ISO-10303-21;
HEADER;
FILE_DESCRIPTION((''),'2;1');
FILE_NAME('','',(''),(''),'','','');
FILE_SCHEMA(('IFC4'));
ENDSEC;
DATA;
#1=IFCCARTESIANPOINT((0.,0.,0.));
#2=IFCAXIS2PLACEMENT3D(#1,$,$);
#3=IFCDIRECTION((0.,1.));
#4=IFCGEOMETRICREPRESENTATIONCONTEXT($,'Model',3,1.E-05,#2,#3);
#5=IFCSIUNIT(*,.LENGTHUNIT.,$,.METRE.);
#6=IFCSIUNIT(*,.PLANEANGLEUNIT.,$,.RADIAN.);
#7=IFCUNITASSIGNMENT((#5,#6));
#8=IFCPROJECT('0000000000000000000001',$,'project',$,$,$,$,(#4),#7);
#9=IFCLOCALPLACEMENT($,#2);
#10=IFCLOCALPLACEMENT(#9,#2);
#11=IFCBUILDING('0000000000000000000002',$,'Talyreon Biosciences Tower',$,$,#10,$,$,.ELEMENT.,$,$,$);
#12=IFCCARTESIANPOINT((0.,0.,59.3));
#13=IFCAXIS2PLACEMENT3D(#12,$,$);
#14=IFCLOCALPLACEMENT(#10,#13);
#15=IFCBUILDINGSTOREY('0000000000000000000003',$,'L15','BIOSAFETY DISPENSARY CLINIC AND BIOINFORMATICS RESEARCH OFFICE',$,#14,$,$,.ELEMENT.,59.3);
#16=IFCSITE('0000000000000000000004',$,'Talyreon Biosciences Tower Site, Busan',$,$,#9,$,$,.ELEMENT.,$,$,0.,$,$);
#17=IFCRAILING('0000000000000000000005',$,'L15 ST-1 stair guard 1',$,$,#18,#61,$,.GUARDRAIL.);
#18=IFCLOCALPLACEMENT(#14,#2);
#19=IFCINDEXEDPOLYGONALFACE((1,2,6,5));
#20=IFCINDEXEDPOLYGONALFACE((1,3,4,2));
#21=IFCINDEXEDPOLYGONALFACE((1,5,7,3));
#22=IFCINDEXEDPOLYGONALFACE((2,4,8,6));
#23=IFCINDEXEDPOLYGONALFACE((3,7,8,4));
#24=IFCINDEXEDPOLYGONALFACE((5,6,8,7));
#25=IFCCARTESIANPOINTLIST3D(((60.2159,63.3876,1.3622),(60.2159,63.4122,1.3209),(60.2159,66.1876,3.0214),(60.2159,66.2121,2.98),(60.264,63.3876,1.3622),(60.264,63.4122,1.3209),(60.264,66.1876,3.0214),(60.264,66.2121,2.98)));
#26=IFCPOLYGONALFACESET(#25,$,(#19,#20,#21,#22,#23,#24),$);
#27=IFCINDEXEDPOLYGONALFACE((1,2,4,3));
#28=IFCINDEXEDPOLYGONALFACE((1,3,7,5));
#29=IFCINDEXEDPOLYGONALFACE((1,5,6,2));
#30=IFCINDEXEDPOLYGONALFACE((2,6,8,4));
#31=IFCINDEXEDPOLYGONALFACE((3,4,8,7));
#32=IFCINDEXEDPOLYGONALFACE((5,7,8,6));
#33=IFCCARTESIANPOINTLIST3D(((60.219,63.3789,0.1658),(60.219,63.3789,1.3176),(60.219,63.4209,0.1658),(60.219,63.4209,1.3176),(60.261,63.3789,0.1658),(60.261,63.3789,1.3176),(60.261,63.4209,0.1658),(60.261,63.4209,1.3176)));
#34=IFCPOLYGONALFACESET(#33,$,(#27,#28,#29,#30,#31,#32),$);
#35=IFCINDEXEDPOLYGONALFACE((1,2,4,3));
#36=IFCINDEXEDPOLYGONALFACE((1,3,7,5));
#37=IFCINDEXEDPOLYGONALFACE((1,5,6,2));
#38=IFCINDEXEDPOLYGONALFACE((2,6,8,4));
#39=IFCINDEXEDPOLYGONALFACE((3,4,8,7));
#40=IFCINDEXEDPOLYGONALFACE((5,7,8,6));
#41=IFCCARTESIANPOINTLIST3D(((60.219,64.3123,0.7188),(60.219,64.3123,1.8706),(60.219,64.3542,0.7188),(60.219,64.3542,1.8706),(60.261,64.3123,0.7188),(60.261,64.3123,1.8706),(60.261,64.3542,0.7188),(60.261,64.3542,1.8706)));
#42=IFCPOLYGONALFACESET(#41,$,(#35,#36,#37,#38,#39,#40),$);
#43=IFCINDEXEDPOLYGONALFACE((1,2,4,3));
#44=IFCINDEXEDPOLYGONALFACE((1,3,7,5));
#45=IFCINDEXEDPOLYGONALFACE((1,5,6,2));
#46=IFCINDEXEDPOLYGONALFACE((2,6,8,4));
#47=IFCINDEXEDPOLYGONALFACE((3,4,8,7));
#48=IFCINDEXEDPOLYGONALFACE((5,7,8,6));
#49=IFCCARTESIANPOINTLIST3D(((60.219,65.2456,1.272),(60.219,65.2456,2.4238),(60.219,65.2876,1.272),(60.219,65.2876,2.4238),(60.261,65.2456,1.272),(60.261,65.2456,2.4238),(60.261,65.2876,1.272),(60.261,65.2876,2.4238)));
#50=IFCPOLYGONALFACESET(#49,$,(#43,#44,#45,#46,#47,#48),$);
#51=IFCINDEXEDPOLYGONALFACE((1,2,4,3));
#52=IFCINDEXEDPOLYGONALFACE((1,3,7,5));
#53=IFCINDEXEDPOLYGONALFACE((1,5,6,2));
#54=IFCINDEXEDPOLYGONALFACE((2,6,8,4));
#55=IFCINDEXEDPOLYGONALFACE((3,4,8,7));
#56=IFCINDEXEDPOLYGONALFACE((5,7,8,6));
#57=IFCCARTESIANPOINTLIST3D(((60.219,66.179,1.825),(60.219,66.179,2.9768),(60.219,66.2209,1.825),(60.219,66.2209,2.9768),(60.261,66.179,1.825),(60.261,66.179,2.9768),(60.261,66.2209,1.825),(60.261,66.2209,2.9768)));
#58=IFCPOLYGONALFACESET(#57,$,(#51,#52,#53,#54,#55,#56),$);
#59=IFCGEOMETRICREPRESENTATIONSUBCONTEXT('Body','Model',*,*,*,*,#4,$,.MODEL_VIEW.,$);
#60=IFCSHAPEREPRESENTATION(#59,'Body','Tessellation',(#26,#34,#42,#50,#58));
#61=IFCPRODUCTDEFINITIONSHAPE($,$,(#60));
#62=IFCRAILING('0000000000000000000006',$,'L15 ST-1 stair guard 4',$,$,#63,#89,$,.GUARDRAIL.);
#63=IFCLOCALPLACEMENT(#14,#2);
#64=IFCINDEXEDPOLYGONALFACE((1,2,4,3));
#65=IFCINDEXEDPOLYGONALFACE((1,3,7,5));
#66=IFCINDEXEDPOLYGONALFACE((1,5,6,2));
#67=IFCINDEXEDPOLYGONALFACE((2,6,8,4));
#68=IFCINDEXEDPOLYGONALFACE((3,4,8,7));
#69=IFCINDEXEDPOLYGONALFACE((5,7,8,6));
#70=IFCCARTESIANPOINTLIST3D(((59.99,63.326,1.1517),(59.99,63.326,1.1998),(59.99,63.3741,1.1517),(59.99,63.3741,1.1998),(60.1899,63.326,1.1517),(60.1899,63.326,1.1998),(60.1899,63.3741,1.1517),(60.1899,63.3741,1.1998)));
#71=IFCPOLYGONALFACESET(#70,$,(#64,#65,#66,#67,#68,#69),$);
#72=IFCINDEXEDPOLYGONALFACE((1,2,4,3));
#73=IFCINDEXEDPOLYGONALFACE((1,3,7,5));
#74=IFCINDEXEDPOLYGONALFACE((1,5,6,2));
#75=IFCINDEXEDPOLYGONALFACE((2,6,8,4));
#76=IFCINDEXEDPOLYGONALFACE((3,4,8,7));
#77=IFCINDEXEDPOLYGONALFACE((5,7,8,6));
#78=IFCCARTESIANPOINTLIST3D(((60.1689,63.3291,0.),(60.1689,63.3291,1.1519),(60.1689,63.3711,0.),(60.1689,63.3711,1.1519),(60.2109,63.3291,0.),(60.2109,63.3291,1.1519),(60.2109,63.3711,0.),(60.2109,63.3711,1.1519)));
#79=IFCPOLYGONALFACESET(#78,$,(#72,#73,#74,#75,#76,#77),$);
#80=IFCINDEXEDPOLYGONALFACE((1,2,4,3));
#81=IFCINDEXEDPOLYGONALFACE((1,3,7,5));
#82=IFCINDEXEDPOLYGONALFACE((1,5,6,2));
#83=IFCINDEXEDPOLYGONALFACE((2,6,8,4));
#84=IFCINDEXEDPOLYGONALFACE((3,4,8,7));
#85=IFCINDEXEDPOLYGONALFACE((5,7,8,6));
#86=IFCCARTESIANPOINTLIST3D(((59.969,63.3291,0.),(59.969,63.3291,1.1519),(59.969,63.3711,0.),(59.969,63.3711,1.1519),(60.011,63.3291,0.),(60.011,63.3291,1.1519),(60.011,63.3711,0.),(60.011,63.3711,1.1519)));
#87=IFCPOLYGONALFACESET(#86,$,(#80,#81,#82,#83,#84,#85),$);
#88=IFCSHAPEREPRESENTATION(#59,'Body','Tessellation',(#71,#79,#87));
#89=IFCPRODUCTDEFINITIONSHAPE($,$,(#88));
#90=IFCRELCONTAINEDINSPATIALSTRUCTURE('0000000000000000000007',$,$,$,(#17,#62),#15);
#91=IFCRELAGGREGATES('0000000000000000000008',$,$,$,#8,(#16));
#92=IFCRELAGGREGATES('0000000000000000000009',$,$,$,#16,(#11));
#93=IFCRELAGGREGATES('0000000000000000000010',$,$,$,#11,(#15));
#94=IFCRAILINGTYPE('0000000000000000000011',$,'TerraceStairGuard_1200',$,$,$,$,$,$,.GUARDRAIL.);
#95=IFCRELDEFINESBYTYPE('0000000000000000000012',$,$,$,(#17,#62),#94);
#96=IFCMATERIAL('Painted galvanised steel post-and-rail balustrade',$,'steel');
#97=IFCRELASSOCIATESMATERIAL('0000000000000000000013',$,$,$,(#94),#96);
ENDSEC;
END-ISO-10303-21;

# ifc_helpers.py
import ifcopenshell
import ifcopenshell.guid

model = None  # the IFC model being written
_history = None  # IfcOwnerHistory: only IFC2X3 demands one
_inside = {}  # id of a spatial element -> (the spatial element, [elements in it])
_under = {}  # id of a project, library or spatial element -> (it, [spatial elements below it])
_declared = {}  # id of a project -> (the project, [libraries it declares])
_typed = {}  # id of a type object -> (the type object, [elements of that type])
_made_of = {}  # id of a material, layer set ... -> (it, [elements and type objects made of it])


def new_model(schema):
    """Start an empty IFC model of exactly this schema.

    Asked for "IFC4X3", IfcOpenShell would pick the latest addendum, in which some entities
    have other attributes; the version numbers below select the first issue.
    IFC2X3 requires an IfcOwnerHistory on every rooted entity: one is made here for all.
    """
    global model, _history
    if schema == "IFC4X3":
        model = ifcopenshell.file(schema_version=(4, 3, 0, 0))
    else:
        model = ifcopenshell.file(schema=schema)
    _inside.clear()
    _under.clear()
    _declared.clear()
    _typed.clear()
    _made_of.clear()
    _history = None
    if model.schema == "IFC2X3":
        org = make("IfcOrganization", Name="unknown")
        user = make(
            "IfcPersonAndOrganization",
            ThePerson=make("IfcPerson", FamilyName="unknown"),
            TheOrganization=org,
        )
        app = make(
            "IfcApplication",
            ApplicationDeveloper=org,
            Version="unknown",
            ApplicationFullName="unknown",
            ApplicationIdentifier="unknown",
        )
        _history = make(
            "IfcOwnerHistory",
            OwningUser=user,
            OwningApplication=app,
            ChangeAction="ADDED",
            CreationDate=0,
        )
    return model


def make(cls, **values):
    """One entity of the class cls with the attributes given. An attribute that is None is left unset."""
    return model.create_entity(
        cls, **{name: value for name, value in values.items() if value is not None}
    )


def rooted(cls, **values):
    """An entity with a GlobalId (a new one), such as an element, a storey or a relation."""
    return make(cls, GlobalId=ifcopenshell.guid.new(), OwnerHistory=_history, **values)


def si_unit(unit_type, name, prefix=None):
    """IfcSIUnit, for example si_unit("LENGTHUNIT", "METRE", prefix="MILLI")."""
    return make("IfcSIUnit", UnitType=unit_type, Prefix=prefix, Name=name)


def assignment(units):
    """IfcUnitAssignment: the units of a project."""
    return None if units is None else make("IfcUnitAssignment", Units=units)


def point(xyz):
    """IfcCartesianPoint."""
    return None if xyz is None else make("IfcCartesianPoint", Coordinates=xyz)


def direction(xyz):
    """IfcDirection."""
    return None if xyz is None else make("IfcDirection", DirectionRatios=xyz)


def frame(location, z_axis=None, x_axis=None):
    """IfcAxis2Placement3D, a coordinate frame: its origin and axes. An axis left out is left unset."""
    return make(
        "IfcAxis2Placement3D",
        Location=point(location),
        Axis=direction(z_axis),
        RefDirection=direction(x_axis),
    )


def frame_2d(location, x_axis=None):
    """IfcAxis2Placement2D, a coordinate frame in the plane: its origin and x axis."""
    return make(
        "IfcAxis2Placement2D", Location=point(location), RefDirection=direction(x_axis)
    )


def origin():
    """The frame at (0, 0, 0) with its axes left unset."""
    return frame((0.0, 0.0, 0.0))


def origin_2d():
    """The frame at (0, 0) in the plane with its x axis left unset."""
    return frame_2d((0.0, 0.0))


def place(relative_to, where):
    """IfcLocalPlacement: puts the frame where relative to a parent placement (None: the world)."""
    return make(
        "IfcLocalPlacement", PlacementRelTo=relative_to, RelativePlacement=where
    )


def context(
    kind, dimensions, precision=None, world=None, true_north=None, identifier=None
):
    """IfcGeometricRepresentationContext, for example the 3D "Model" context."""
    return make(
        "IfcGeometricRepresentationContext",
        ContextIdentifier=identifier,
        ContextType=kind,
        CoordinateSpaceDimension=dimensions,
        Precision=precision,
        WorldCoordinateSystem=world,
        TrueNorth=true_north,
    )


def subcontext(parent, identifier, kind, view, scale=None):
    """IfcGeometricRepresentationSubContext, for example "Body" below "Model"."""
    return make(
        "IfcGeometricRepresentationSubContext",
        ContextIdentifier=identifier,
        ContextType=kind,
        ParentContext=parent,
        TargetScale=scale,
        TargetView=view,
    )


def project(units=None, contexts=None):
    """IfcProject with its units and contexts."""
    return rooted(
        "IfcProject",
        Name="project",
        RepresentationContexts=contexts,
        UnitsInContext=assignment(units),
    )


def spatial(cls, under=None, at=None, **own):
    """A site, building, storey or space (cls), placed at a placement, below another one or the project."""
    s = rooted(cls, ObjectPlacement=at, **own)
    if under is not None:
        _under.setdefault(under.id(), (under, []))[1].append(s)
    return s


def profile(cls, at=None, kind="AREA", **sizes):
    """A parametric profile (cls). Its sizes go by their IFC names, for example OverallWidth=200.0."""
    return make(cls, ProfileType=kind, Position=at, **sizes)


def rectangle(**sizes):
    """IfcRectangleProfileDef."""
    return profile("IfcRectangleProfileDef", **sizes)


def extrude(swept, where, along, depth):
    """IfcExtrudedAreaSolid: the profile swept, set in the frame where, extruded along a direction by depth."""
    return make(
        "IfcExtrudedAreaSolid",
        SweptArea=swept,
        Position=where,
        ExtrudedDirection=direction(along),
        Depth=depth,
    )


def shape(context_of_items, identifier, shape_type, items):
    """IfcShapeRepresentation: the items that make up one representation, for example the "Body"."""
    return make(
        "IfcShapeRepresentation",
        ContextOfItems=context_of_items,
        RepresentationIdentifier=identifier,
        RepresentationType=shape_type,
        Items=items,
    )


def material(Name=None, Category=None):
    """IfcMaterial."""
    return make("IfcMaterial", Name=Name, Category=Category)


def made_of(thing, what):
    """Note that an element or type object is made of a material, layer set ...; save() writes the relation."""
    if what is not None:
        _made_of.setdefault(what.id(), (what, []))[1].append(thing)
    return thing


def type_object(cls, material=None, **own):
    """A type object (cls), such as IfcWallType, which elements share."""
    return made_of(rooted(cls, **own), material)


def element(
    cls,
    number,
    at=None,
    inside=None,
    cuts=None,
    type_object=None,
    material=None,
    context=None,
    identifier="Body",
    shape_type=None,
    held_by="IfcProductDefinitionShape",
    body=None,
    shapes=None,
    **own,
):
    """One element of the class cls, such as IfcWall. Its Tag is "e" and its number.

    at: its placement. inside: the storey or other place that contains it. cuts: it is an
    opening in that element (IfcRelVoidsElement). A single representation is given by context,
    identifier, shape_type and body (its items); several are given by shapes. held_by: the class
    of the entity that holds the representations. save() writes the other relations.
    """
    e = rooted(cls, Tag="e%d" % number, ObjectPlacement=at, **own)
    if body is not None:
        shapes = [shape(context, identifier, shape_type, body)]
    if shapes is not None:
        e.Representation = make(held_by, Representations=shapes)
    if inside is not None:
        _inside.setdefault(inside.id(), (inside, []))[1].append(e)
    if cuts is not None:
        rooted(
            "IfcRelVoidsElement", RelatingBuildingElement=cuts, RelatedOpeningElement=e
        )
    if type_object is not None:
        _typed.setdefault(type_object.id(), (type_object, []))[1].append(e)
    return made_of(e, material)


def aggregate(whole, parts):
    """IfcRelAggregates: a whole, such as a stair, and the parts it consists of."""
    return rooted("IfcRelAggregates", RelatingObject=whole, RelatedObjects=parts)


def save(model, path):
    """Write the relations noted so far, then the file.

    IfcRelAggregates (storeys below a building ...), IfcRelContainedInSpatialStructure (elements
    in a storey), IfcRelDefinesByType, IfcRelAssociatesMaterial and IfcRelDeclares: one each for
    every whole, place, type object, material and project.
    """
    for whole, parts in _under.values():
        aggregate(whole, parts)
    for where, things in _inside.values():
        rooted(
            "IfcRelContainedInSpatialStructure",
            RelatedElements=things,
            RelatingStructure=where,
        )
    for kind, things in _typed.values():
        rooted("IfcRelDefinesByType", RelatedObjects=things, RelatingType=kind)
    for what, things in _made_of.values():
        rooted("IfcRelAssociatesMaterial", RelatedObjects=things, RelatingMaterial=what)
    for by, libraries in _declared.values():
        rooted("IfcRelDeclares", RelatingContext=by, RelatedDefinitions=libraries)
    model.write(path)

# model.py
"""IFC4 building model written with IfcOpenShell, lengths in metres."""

from ifc_helpers import new_model, si_unit, direction, frame, origin, origin_2d, place, context, subcontext, project, spatial, rectangle, extrude, material, type_object, element, save


model = new_model("IFC4")

# Units and contexts
model_context = context("Model", 3, precision=1e-05, world=origin(), true_north=direction((0.0, 1.0)))
body_context = subcontext(model_context, "Body", "Model", "MODEL_VIEW")
ifc_project = project(units=[si_unit("LENGTHUNIT", "METRE"), si_unit("PLANEANGLEUNIT", "RADIAN")], contexts=[model_context])

# Site, building, storey
site_placement = place(None, origin())
site = spatial("IfcSite", under=ifc_project, at=site_placement, Name="Talyreon Biosciences Tower Site, Busan", CompositionType="ELEMENT", RefElevation=0.0)
building_placement = place(site_placement, origin())
building = spatial("IfcBuilding", under=site, at=building_placement, Name="Talyreon Biosciences Tower", CompositionType="ELEMENT")
storey_placement = place(building_placement, frame((0.0, 0.0, 59.3)))
storey = spatial("IfcBuildingStorey", under=building, at=storey_placement, Name="L15", Description="BIOSAFETY DISPENSARY CLINIC AND BIOINFORMATICS RESEARCH OFFICE", CompositionType="ELEMENT", Elevation=59.3)

# Railings
ifc_material_1 = material(Name="Painted galvanised steel post-and-rail balustrade", Category="steel")
railing_type_1 = type_object("IfcRailingType", Name="TerraceStairGuard_1200", PredefinedType="GUARDRAIL", material=ifc_material_1)
railing_1_placement = place(storey_placement, frame((60.24, 63.3999, 0.1658)))
element("IfcRailing", 1, at=railing_1_placement, inside=storey, type_object=railing_type_1, Name="L15 ST-1 stair guard 1", PredefinedType="GUARDRAIL", context=body_context, shape_type="SweptSolid", body=[
    extrude(rectangle(XDim=0.0481, YDim=0.0481, at=origin_2d()), frame((0.0, 0.0, 1.1758), z_axis=(0.0, 0.860306, 0.509778), x_axis=(-1.0, 0.0, 0.0)), (0.0, 0.0, 1.0), 3.2546),
    extrude(rectangle(XDim=0.042, YDim=0.042, at=origin_2d()), origin(), (0.0, 0.0, 1.0), 1.1519),
    extrude(rectangle(XDim=0.042, YDim=0.042, at=origin_2d()), frame((0.0, 0.9333, 0.553)), (0.0, 0.0, 1.0), 1.1519),
    extrude(rectangle(XDim=0.042, YDim=0.042, at=origin_2d()), frame((0.0, 1.8667, 1.1062)), (0.0, 0.0, 1.0), 1.1519),
    extrude(rectangle(XDim=0.042, YDim=0.042, at=origin_2d()), frame((0.0, 2.8, 1.6592)), (0.0, 0.0, 1.0), 1.1519),
])
railing_2_placement = place(storey_placement, frame((60.1899, 63.3501, 0.0)))
element("IfcRailing", 2, at=railing_2_placement, inside=storey, type_object=railing_type_1, Name="L15 ST-1 stair guard 4", PredefinedType="GUARDRAIL", context=body_context, shape_type="SweptSolid", body=[
    extrude(rectangle(XDim=0.0481, YDim=0.0481, at=origin_2d()), frame((0.0, 0.0, 1.1758), z_axis=(-1.0, 0.0, 0.0), x_axis=(0.0, -1.0, 0.0)), (0.0, 0.0, 1.0), 0.2),
    extrude(rectangle(XDim=0.042, YDim=0.042, at=origin_2d()), origin(), (0.0, 0.0, 1.0), 1.1519),
    extrude(rectangle(XDim=0.042, YDim=0.042, at=origin_2d()), frame((-0.2, 0.0, 0.0)), (0.0, 0.0, 1.0), 1.1519),
])

save(model, "model.ifc")
